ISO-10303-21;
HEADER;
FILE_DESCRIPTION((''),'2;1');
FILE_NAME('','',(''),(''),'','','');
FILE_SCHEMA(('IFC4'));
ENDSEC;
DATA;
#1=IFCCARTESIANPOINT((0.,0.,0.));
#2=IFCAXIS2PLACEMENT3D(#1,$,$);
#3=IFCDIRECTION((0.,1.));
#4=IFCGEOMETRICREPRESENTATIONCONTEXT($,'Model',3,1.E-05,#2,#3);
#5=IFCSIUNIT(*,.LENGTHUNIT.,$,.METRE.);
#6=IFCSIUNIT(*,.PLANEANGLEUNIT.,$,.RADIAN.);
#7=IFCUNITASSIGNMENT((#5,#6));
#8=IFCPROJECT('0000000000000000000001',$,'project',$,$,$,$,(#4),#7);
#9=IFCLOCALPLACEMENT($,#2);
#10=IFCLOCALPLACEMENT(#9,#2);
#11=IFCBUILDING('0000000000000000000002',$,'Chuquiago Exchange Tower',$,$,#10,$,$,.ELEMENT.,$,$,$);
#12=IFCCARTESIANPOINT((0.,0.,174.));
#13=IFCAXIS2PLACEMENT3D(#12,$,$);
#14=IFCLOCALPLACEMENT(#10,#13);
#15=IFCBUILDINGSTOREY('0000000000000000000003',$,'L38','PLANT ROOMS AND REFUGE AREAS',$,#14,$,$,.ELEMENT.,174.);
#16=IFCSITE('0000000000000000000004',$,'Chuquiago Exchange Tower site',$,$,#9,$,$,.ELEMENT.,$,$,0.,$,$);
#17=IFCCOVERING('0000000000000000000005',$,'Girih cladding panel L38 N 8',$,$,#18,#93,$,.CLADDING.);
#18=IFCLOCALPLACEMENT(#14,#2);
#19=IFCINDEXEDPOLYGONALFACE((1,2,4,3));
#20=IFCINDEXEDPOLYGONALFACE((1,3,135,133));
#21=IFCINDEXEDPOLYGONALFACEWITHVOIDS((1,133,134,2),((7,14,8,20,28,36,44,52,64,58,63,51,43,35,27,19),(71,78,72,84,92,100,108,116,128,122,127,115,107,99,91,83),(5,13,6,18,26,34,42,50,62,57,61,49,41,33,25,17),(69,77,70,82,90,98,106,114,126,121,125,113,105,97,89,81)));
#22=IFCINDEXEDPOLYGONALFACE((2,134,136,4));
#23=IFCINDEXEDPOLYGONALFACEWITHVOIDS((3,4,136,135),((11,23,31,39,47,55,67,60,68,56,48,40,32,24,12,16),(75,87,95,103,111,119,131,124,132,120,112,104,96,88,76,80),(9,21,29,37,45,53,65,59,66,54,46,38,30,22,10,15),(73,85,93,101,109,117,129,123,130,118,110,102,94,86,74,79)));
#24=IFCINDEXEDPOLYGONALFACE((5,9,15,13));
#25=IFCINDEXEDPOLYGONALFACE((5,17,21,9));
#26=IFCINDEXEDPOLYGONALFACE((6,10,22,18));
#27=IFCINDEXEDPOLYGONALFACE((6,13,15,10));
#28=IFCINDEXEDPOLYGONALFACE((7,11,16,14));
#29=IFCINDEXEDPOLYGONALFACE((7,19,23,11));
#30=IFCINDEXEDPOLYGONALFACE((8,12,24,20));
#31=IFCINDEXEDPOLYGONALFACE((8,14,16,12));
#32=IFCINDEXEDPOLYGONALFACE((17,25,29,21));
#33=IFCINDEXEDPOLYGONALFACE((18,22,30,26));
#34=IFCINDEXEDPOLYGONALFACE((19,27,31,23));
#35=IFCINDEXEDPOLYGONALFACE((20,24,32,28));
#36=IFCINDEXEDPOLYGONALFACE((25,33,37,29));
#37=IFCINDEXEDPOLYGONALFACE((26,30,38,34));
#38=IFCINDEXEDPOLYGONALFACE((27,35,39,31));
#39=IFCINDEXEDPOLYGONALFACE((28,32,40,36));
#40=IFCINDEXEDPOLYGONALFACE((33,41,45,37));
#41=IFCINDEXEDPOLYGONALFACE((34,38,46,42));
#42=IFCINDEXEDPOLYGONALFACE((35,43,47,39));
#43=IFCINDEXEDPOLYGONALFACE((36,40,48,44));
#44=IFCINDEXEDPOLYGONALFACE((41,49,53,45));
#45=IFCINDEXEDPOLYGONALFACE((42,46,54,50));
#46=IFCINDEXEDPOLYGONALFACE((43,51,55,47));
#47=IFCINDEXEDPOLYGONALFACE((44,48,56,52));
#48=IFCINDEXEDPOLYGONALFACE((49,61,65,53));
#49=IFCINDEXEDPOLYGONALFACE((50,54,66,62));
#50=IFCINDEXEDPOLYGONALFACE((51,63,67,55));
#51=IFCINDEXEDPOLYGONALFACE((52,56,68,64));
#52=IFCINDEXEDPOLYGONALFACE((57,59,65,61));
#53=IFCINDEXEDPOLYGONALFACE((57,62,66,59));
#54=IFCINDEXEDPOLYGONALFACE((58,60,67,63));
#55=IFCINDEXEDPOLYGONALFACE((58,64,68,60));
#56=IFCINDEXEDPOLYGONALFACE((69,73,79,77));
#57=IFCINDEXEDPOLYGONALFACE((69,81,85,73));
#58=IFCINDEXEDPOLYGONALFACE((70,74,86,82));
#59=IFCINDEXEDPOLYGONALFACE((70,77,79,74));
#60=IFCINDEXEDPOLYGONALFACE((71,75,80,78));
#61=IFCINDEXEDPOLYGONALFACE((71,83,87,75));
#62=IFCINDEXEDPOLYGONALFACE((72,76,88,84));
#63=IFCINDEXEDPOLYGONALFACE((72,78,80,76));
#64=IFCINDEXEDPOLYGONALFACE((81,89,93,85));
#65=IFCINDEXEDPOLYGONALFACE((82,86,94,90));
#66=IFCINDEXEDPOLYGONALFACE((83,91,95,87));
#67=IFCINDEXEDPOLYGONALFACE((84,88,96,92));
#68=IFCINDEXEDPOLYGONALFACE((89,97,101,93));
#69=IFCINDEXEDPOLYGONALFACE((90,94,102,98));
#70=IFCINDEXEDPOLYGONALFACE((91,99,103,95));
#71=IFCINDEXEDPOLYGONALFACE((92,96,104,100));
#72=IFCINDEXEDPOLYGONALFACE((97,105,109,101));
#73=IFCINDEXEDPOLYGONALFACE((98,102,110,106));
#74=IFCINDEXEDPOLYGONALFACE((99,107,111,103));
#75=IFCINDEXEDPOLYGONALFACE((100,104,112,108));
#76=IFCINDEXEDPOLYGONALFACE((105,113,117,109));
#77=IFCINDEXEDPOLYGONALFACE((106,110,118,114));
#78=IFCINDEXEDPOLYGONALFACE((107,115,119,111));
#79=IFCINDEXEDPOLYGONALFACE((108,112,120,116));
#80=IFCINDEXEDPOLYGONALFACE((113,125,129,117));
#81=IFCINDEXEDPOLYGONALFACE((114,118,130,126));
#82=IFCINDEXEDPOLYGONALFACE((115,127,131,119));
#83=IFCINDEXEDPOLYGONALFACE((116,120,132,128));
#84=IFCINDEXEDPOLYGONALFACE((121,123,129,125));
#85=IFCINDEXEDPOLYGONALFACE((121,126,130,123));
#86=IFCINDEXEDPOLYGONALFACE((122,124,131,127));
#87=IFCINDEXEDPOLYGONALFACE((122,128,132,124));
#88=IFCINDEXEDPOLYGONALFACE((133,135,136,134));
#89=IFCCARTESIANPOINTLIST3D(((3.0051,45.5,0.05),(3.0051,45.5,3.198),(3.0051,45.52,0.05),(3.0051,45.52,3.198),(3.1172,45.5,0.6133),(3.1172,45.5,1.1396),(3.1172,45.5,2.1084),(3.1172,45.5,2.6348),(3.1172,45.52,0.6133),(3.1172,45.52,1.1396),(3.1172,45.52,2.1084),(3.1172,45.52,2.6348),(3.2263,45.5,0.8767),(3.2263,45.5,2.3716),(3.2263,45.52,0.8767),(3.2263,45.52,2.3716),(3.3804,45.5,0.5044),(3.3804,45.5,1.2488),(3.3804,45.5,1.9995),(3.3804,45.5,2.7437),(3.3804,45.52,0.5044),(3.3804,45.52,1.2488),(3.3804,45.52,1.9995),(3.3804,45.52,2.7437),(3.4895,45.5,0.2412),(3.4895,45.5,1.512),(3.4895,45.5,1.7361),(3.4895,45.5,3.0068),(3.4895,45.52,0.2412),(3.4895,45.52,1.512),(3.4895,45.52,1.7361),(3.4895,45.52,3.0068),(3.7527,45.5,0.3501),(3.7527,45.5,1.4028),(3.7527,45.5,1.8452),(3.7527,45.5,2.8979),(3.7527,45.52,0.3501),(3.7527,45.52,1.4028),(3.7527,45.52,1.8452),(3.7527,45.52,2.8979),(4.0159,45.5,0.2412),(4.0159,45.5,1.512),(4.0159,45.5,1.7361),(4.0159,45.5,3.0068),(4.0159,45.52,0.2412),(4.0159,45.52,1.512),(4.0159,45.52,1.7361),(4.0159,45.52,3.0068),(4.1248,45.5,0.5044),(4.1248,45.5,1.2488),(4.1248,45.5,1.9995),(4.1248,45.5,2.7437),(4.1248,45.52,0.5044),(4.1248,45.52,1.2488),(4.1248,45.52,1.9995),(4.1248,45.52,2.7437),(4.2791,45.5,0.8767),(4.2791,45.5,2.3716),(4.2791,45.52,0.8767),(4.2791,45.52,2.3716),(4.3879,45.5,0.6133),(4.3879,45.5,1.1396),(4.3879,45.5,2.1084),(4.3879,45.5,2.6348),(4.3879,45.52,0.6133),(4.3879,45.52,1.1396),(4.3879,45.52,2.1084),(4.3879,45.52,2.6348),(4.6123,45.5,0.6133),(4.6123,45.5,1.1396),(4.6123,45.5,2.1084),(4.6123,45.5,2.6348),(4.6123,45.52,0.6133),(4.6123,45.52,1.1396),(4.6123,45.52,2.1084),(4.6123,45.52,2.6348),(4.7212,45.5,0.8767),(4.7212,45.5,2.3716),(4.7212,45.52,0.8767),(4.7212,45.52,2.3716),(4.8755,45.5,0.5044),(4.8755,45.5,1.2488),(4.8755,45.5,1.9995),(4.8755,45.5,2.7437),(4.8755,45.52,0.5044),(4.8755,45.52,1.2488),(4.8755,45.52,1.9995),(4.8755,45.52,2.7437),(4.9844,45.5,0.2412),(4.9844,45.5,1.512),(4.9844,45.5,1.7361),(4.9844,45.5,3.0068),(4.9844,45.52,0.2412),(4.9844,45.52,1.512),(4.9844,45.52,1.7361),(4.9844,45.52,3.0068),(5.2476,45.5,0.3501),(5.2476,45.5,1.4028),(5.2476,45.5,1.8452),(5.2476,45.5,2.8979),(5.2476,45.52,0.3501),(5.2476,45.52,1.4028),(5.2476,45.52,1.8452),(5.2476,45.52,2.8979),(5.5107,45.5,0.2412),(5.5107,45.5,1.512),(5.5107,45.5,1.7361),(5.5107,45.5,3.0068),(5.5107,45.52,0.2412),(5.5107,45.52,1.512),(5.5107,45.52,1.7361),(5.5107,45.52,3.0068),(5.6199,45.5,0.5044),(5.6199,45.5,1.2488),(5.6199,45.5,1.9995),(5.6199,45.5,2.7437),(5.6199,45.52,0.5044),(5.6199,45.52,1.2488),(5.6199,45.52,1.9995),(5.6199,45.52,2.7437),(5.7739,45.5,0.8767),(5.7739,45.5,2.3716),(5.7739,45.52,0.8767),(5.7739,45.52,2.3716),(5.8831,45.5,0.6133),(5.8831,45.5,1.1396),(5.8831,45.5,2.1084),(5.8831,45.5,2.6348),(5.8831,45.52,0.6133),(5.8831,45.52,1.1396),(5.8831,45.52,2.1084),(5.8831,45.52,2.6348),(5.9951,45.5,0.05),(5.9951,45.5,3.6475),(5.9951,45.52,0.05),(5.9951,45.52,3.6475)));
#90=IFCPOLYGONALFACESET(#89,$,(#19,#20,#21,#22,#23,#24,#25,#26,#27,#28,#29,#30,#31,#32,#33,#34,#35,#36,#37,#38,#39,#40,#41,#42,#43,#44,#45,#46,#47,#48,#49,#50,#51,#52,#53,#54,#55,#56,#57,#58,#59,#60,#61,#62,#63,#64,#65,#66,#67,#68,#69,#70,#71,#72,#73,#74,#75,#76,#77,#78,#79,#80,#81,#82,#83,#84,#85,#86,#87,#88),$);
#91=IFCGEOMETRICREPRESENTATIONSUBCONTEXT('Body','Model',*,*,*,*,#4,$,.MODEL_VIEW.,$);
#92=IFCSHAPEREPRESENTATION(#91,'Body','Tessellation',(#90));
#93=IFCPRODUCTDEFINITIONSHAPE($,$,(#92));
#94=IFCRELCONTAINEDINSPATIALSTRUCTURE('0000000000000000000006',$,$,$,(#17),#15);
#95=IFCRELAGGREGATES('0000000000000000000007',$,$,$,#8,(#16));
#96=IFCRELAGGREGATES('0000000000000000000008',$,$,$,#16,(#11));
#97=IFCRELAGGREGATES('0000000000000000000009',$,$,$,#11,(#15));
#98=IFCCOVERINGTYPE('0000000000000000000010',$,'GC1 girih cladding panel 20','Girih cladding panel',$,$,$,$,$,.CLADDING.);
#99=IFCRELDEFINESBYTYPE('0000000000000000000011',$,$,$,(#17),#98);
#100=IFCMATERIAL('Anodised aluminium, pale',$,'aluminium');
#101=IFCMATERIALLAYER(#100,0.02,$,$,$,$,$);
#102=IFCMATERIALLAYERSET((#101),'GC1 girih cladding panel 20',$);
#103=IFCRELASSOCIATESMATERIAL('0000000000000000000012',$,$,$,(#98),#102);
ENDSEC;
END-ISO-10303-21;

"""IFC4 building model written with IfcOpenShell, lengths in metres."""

from ifc_helpers import new_model, si_unit, direction, frame, origin, place, context, subcontext, project, spatial, polyline, outline, extrude, material, layer, layer_set, type_object, element, save


model = new_model("IFC4")

# Units and contexts
model_context = context("Model", 3, precision=1e-05, world=origin(), true_north=direction((0.0, 1.0)))
body_context = subcontext(model_context, "Body", "Model", "MODEL_VIEW")
ifc_project = project(units=[si_unit("LENGTHUNIT", "METRE"), si_unit("PLANEANGLEUNIT", "RADIAN")], contexts=[model_context])

# Site, building, storey
site_placement = place(None, origin())
site = spatial("IfcSite", under=ifc_project, at=site_placement, Name="Chuquiago Exchange Tower site", CompositionType="ELEMENT", RefElevation=0.0)
building_placement = place(site_placement, origin())
building = spatial("IfcBuilding", under=site, at=building_placement, Name="Chuquiago Exchange Tower", CompositionType="ELEMENT")
storey_placement = place(building_placement, frame((0.0, 0.0, 174.0)))
storey = spatial("IfcBuildingStorey", under=building, at=storey_placement, Name="L38", Description="PLANT ROOMS AND REFUGE AREAS", CompositionType="ELEMENT", Elevation=174.0)

# Covering
ifc_material_1 = material(Name="Anodised aluminium, pale", Category="aluminium")
ifc_layer_1 = layer(ifc_material_1, 0.02)
ifc_layer_set_1 = layer_set([ifc_layer_1], Name="GC1 girih cladding panel 20")
covering_type_1 = type_object("IfcCoveringType", Name="GC1 girih cladding panel 20", Description="Girih cladding panel", PredefinedType="CLADDING", material=ifc_layer_set_1)
covering_1_placement = place(storey_placement, frame((5.9951, 45.5, 0.05), z_axis=(0.0, 0.0, 1.0), x_axis=(-1.0, 0.0, 0.0)))
element("IfcCovering", 1, at=covering_1_placement, inside=storey, type_object=covering_type_1, Name="Girih cladding panel L38 N 8", PredefinedType="CLADDING", context=body_context, shape_type="SweptSolid", body=[
    extrude(outline(polyline([(0.0, 0.0), (2.99, 0.0), (2.99, 3.1479), (0.0, 3.5974), (0.0, 0.0)]), holes=[polyline([(1.2739, 0.8267), (1.3828, 1.0896), (1.1196, 1.1987), (1.0107, 1.4619), (0.7476, 1.3528), (0.4844, 1.4619), (0.3752, 1.1987), (0.1121, 1.0896), (0.2212, 0.8267), (0.1121, 0.5632), (0.3752, 0.4543), (0.4844, 0.1912), (0.7476, 0.3), (1.0107, 0.1912), (1.1196, 0.4543), (1.3828, 0.5632), (1.2739, 0.8267)]), polyline([(2.7688, 0.8267), (2.8779, 1.0896), (2.6147, 1.1987), (2.5056, 1.4619), (2.2424, 1.3528), (1.9792, 1.4619), (1.8704, 1.1987), (1.6072, 1.0896), (1.7161, 0.8267), (1.6072, 0.5632), (1.8704, 0.4543), (1.9792, 0.1912), (2.2424, 0.3), (2.5056, 0.1912), (2.6147, 0.4543), (2.8779, 0.5632), (2.7688, 0.8267)]), polyline([(1.2739, 2.3215), (1.3828, 2.5847), (1.1196, 2.6936), (1.0107, 2.9568), (0.7476, 2.8479), (0.4844, 2.9568), (0.3752, 2.6936), (0.1121, 2.5847), (0.2212, 2.3215), (0.1121, 2.0583), (0.3752, 1.9495), (0.4844, 1.686), (0.7476, 1.7952), (1.0107, 1.686), (1.1196, 1.9495), (1.3828, 2.0583), (1.2739, 2.3215)]), polyline([(2.7688, 2.3215), (2.8779, 2.5847), (2.6147, 2.6936), (2.5056, 2.9568), (2.2424, 2.8479), (1.9792, 2.9568), (1.8704, 2.6936), (1.6072, 2.5847), (1.7161, 2.3215), (1.6072, 2.0583), (1.8704, 1.9495), (1.9792, 1.686), (2.2424, 1.7952), (2.5056, 1.686), (2.6147, 1.9495), (2.8779, 2.0583), (2.7688, 2.3215)])]), frame((0.0, 0.0, 0.0), z_axis=(0.0, -1.0, 0.0), x_axis=(1.0, 0.0, 0.0)), (0.0, 0.0, 1.0), 0.02),
])

save(model, "model.ifc")
